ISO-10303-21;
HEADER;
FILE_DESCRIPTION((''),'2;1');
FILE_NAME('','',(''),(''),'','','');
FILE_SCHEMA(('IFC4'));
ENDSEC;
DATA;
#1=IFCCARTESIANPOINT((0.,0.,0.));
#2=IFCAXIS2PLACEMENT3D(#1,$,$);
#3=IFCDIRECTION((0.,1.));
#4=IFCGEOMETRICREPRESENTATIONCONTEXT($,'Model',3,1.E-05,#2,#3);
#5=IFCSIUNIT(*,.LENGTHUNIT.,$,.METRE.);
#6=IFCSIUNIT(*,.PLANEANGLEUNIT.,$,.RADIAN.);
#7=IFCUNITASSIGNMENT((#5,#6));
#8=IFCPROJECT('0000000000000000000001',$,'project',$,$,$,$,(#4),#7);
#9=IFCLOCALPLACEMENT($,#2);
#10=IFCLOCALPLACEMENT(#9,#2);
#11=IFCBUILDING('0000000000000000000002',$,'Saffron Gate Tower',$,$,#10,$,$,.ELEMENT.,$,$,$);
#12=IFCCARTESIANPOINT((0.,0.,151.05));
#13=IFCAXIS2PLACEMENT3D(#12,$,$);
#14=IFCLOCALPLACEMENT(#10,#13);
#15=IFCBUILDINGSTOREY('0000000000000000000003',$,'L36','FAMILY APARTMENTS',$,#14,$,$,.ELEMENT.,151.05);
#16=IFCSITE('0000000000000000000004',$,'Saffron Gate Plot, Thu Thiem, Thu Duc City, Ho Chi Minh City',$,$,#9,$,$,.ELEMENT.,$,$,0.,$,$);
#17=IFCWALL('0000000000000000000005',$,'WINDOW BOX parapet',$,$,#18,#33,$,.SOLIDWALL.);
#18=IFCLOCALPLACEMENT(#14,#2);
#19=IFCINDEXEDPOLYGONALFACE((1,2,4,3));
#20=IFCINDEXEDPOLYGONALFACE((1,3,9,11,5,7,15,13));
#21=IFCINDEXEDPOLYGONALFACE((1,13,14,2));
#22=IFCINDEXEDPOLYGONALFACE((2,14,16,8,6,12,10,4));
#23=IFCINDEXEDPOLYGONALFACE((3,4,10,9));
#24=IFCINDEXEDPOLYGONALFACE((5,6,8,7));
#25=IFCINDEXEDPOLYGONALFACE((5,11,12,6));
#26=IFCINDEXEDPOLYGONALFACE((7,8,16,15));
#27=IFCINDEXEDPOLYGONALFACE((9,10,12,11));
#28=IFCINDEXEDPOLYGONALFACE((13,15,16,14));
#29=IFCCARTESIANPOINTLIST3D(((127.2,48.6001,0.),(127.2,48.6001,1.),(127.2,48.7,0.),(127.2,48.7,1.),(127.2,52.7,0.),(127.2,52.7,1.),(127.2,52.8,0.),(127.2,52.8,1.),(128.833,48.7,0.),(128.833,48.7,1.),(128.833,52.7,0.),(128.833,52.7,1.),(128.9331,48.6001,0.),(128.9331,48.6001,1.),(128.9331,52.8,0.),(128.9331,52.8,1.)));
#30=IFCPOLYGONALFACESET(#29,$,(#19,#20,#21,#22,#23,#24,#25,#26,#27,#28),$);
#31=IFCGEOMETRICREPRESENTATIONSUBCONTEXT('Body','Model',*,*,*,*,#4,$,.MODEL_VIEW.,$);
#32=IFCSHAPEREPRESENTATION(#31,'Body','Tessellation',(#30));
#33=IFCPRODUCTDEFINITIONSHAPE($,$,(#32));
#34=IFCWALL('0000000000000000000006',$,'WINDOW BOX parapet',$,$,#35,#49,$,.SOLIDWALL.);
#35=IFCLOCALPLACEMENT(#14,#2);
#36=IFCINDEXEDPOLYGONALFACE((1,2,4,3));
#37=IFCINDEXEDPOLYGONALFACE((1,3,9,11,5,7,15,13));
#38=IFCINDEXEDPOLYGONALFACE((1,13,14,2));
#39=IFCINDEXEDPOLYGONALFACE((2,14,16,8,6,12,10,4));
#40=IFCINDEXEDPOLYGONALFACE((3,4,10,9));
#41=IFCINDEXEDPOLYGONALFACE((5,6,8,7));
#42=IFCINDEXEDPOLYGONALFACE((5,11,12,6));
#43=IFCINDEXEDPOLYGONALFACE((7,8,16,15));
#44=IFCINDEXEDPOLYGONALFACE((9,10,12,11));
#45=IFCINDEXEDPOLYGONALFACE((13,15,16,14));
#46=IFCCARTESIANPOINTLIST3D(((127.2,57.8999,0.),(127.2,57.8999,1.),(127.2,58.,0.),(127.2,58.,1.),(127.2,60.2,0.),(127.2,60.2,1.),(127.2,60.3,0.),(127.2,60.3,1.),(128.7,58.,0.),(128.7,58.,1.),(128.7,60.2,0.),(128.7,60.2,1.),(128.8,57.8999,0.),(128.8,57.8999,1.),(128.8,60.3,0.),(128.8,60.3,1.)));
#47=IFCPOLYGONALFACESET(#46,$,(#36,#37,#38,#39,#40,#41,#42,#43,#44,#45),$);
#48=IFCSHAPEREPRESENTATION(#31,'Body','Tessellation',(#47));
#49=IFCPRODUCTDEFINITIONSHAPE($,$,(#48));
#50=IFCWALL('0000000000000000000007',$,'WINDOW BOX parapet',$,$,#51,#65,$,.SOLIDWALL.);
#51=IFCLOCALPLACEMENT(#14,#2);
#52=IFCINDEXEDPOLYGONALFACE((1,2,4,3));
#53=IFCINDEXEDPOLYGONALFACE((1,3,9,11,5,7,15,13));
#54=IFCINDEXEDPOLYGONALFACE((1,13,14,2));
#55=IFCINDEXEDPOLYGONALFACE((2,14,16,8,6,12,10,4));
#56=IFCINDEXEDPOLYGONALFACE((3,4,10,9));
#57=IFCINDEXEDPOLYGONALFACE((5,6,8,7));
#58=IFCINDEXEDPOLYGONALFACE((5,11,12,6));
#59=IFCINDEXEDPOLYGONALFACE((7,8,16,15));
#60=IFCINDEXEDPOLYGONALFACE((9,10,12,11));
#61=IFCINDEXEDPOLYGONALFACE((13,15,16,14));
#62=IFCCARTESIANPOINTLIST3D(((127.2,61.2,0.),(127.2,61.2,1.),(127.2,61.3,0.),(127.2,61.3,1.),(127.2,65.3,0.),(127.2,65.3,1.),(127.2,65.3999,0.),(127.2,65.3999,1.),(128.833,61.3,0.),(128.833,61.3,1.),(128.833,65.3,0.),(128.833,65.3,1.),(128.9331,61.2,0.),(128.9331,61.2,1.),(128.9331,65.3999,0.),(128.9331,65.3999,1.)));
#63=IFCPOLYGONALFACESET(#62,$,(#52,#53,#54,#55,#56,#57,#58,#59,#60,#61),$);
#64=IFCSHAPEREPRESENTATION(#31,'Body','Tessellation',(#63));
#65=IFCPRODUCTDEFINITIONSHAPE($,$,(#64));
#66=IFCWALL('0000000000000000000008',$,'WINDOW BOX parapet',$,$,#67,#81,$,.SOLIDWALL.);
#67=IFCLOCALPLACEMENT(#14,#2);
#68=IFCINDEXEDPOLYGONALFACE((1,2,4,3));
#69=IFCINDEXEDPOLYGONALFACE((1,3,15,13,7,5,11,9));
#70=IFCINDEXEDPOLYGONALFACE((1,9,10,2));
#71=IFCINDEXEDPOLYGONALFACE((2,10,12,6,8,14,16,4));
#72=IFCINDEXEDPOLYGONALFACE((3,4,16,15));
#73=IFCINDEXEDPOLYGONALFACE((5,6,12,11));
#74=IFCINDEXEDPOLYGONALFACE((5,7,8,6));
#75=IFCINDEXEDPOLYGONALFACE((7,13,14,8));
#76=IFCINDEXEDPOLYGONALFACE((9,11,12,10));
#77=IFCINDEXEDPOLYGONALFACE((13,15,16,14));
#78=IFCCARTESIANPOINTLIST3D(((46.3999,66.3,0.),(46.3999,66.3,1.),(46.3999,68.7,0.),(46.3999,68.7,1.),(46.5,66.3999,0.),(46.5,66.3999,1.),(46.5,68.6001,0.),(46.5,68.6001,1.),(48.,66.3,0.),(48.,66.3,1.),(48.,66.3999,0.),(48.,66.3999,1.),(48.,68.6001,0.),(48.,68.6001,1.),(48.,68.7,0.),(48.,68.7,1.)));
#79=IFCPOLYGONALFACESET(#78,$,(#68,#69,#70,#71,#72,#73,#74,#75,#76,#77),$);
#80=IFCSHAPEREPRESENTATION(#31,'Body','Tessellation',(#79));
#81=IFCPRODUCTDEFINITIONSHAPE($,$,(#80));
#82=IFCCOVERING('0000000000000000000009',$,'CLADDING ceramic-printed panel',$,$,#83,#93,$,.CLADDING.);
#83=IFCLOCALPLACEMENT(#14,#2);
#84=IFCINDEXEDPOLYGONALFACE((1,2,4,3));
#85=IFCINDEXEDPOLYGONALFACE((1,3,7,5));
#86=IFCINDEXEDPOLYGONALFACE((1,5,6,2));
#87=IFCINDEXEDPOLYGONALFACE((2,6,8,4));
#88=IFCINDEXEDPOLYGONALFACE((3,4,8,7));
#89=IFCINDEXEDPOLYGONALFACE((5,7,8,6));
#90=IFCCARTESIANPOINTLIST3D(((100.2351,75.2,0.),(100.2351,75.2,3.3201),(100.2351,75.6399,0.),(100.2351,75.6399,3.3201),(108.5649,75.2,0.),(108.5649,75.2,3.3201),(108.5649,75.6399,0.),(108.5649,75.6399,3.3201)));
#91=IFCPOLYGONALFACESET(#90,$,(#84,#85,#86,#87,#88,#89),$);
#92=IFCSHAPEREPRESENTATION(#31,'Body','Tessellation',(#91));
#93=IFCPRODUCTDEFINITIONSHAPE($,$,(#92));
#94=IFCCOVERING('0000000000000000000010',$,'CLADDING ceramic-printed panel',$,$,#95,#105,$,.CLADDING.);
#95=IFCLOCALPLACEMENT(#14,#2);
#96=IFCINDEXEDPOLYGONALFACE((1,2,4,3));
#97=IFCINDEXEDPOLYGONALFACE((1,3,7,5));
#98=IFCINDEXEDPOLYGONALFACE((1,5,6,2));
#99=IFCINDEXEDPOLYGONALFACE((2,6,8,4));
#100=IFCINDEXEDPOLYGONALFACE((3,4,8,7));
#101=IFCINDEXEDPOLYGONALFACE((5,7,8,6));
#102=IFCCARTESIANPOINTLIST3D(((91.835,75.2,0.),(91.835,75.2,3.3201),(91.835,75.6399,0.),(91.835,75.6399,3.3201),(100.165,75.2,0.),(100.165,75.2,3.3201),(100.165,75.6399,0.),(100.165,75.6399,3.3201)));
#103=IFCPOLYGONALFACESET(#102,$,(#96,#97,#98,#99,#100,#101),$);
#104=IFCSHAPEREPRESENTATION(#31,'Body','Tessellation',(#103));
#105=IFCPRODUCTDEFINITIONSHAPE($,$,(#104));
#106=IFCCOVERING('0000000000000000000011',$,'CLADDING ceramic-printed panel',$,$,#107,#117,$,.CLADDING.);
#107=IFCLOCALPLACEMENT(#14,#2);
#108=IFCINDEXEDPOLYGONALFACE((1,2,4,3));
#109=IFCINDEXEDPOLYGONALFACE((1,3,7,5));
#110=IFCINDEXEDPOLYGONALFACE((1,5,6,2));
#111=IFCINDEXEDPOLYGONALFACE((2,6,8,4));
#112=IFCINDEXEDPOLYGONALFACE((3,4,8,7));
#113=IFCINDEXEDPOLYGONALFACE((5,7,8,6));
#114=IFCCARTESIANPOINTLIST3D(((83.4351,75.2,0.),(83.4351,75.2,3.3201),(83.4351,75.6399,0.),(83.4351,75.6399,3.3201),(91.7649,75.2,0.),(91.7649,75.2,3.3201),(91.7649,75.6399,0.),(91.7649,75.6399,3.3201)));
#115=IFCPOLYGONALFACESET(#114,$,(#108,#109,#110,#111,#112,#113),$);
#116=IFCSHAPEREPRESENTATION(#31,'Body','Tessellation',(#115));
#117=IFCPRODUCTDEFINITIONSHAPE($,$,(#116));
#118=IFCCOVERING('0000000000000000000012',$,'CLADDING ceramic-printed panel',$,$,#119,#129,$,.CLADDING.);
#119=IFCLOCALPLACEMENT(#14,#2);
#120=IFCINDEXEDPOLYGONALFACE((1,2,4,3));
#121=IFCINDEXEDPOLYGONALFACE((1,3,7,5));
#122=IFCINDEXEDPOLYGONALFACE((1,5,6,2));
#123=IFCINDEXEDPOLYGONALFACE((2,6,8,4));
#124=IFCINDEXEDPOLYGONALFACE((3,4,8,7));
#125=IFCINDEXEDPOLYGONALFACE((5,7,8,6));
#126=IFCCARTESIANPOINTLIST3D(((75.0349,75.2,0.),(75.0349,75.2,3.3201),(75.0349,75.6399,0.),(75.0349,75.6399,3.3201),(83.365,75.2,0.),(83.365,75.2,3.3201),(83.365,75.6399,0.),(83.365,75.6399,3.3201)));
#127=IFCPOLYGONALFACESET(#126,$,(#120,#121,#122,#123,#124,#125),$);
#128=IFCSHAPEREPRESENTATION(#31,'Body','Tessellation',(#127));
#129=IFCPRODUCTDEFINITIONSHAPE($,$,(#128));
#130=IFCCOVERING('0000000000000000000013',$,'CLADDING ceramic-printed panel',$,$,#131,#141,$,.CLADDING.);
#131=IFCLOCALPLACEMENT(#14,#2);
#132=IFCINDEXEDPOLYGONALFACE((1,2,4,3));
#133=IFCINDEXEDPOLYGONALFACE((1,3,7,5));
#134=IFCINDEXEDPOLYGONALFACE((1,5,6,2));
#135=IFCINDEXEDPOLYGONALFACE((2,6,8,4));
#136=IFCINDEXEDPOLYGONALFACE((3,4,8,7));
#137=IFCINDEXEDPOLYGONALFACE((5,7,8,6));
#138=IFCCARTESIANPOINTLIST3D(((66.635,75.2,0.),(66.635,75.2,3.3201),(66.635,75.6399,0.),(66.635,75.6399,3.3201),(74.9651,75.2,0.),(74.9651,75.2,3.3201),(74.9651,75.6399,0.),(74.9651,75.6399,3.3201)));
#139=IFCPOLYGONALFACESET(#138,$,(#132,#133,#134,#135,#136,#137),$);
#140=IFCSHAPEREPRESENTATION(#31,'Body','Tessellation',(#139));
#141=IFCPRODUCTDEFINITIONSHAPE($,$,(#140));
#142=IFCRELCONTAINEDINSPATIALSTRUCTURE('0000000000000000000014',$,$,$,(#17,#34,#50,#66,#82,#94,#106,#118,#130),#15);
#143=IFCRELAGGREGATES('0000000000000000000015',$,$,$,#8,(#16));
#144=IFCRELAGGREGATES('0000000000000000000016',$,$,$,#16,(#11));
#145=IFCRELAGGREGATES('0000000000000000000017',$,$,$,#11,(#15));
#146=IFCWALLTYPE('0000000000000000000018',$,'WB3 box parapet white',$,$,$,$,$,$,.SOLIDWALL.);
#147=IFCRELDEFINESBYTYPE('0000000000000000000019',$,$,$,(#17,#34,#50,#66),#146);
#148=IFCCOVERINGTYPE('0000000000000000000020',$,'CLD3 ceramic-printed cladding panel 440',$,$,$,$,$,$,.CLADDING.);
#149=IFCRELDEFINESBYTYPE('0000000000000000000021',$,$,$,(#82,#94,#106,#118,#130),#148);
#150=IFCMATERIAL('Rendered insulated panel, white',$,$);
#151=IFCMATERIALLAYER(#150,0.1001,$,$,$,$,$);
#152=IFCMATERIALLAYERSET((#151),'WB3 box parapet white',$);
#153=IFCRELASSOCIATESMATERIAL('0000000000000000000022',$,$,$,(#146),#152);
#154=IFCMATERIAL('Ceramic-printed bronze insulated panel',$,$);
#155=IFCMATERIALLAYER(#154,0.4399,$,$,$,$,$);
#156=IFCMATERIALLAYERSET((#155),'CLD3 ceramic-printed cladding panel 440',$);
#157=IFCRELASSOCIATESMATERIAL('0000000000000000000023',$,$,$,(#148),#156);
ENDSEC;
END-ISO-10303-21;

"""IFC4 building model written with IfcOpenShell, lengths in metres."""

from ifc_helpers import new_model, si_unit, direction, frame, origin, place, context, subcontext, project, spatial, polyline, outline, extrude, material, layer, layer_set, type_object, element, save


model = new_model("IFC4")

# Units and contexts
model_context = context("Model", 3, precision=1e-05, world=origin(), true_north=direction((0.0, 1.0)))
body_context = subcontext(model_context, "Body", "Model", "MODEL_VIEW")
ifc_project = project(units=[si_unit("LENGTHUNIT", "METRE"), si_unit("PLANEANGLEUNIT", "RADIAN")], contexts=[model_context])

# Site, building, storey
site_placement = place(None, origin())
site = spatial("IfcSite", under=ifc_project, at=site_placement, Name="Saffron Gate Plot, Thu Thiem, Thu Duc City, Ho Chi Minh City", CompositionType="ELEMENT", RefElevation=0.0)
building_placement = place(site_placement, origin())
building = spatial("IfcBuilding", under=site, at=building_placement, Name="Saffron Gate Tower", CompositionType="ELEMENT")
storey_placement = place(building_placement, frame((0.0, 0.0, 151.05)))
storey = spatial("IfcBuildingStorey", under=building, at=storey_placement, Name="L36", Description="FAMILY APARTMENTS", CompositionType="ELEMENT", Elevation=151.05)

# Walls
ifc_material_1 = material(Name="Rendered insulated panel, white")
ifc_layer_1 = layer(ifc_material_1, 0.1001)
ifc_layer_set_1 = layer_set([ifc_layer_1], Name="WB3 box parapet white")
wall_type = type_object("IfcWallType", Name="WB3 box parapet white", PredefinedType="SOLIDWALL", material=ifc_layer_set_1)
wall_1_placement = place(storey_placement, origin())
element("IfcWall", 1, at=wall_1_placement, inside=storey, type_object=wall_type, Name="WINDOW BOX parapet", PredefinedType="SOLIDWALL", context=body_context, shape_type="SweptSolid", body=[
    extrude(outline(polyline([(127.2, 48.6001), (127.2, 48.7), (128.833, 48.7), (128.833, 52.7), (127.2, 52.7), (127.2, 52.8), (128.9331, 52.8), (128.9331, 48.6001), (127.2, 48.6001)])), origin(), (0.0, 0.0, 1.0), 1.0),
])
wall_2_placement = place(storey_placement, origin())
element("IfcWall", 2, at=wall_2_placement, inside=storey, type_object=wall_type, Name="WINDOW BOX parapet", PredefinedType="SOLIDWALL", context=body_context, shape_type="SweptSolid", body=[
    extrude(outline(polyline([(127.2, 57.8999), (127.2, 58.0), (128.7, 58.0), (128.7, 60.2), (127.2, 60.2), (127.2, 60.3), (128.8, 60.3), (128.8, 57.8999), (127.2, 57.8999)])), origin(), (0.0, 0.0, 1.0), 1.0),
])
wall_3_placement = place(storey_placement, origin())
element("IfcWall", 3, at=wall_3_placement, inside=storey, type_object=wall_type, Name="WINDOW BOX parapet", PredefinedType="SOLIDWALL", context=body_context, shape_type="SweptSolid", body=[
    extrude(outline(polyline([(127.2, 61.2), (127.2, 61.3), (128.833, 61.3), (128.833, 65.3), (127.2, 65.3), (127.2, 65.3999), (128.9331, 65.3999), (128.9331, 61.2), (127.2, 61.2)])), origin(), (0.0, 0.0, 1.0), 1.0),
])
wall_4_placement = place(storey_placement, origin())
element("IfcWall", 4, at=wall_4_placement, inside=storey, type_object=wall_type, Name="WINDOW BOX parapet", PredefinedType="SOLIDWALL", context=body_context, shape_type="SweptSolid", body=[
    extrude(outline(polyline([(48.0, 68.7), (48.0, 68.6001), (46.5, 68.6001), (46.5, 66.3999), (48.0, 66.3999), (48.0, 66.3), (46.3999, 66.3), (46.3999, 68.7), (48.0, 68.7)])), origin(), (0.0, 0.0, 1.0), 1.0),
])

# Coverings
ifc_material_2 = material(Name="Ceramic-printed bronze insulated panel")
ifc_layer_2 = layer(ifc_material_2, 0.4399)
ifc_layer_set_2 = layer_set([ifc_layer_2], Name="CLD3 ceramic-printed cladding panel 440")
covering_type = type_object("IfcCoveringType", Name="CLD3 ceramic-printed cladding panel 440", PredefinedType="CLADDING", material=ifc_layer_set_2)
covering_1_placement = place(storey_placement, origin())
element("IfcCovering", 5, at=covering_1_placement, inside=storey, type_object=covering_type, Name="CLADDING ceramic-printed panel", PredefinedType="CLADDING", context=body_context, shape_type="SweptSolid", body=[
    extrude(outline(polyline([(108.5649, 75.6399), (100.2351, 75.6399), (100.2351, 75.2), (108.5649, 75.2), (108.5649, 75.6399)])), origin(), (0.0, 0.0, 1.0), 3.3201),
])
covering_2_placement = place(storey_placement, origin())
element("IfcCovering", 6, at=covering_2_placement, inside=storey, type_object=covering_type, Name="CLADDING ceramic-printed panel", PredefinedType="CLADDING", context=body_context, shape_type="SweptSolid", body=[
    extrude(outline(polyline([(100.165, 75.6399), (91.835, 75.6399), (91.835, 75.2), (100.165, 75.2), (100.165, 75.6399)])), origin(), (0.0, 0.0, 1.0), 3.3201),
])
covering_3_placement = place(storey_placement, origin())
element("IfcCovering", 7, at=covering_3_placement, inside=storey, type_object=covering_type, Name="CLADDING ceramic-printed panel", PredefinedType="CLADDING", context=body_context, shape_type="SweptSolid", body=[
    extrude(outline(polyline([(91.7649, 75.6399), (83.4351, 75.6399), (83.4351, 75.2), (91.7649, 75.2), (91.7649, 75.6399)])), origin(), (0.0, 0.0, 1.0), 3.3201),
])
covering_4_placement = place(storey_placement, origin())
element("IfcCovering", 8, at=covering_4_placement, inside=storey, type_object=covering_type, Name="CLADDING ceramic-printed panel", PredefinedType="CLADDING", context=body_context, shape_type="SweptSolid", body=[
    extrude(outline(polyline([(83.365, 75.6399), (75.0349, 75.6399), (75.0349, 75.2), (83.365, 75.2), (83.365, 75.6399)])), origin(), (0.0, 0.0, 1.0), 3.3201),
])
covering_5_placement = place(storey_placement, origin())
element("IfcCovering", 9, at=covering_5_placement, inside=storey, type_object=covering_type, Name="CLADDING ceramic-printed panel", PredefinedType="CLADDING", context=body_context, shape_type="SweptSolid", body=[
    extrude(outline(polyline([(74.9651, 75.6399), (66.635, 75.6399), (66.635, 75.2), (74.9651, 75.2), (74.9651, 75.6399)])), origin(), (0.0, 0.0, 1.0), 3.3201),
])

save(model, "model.ifc")
